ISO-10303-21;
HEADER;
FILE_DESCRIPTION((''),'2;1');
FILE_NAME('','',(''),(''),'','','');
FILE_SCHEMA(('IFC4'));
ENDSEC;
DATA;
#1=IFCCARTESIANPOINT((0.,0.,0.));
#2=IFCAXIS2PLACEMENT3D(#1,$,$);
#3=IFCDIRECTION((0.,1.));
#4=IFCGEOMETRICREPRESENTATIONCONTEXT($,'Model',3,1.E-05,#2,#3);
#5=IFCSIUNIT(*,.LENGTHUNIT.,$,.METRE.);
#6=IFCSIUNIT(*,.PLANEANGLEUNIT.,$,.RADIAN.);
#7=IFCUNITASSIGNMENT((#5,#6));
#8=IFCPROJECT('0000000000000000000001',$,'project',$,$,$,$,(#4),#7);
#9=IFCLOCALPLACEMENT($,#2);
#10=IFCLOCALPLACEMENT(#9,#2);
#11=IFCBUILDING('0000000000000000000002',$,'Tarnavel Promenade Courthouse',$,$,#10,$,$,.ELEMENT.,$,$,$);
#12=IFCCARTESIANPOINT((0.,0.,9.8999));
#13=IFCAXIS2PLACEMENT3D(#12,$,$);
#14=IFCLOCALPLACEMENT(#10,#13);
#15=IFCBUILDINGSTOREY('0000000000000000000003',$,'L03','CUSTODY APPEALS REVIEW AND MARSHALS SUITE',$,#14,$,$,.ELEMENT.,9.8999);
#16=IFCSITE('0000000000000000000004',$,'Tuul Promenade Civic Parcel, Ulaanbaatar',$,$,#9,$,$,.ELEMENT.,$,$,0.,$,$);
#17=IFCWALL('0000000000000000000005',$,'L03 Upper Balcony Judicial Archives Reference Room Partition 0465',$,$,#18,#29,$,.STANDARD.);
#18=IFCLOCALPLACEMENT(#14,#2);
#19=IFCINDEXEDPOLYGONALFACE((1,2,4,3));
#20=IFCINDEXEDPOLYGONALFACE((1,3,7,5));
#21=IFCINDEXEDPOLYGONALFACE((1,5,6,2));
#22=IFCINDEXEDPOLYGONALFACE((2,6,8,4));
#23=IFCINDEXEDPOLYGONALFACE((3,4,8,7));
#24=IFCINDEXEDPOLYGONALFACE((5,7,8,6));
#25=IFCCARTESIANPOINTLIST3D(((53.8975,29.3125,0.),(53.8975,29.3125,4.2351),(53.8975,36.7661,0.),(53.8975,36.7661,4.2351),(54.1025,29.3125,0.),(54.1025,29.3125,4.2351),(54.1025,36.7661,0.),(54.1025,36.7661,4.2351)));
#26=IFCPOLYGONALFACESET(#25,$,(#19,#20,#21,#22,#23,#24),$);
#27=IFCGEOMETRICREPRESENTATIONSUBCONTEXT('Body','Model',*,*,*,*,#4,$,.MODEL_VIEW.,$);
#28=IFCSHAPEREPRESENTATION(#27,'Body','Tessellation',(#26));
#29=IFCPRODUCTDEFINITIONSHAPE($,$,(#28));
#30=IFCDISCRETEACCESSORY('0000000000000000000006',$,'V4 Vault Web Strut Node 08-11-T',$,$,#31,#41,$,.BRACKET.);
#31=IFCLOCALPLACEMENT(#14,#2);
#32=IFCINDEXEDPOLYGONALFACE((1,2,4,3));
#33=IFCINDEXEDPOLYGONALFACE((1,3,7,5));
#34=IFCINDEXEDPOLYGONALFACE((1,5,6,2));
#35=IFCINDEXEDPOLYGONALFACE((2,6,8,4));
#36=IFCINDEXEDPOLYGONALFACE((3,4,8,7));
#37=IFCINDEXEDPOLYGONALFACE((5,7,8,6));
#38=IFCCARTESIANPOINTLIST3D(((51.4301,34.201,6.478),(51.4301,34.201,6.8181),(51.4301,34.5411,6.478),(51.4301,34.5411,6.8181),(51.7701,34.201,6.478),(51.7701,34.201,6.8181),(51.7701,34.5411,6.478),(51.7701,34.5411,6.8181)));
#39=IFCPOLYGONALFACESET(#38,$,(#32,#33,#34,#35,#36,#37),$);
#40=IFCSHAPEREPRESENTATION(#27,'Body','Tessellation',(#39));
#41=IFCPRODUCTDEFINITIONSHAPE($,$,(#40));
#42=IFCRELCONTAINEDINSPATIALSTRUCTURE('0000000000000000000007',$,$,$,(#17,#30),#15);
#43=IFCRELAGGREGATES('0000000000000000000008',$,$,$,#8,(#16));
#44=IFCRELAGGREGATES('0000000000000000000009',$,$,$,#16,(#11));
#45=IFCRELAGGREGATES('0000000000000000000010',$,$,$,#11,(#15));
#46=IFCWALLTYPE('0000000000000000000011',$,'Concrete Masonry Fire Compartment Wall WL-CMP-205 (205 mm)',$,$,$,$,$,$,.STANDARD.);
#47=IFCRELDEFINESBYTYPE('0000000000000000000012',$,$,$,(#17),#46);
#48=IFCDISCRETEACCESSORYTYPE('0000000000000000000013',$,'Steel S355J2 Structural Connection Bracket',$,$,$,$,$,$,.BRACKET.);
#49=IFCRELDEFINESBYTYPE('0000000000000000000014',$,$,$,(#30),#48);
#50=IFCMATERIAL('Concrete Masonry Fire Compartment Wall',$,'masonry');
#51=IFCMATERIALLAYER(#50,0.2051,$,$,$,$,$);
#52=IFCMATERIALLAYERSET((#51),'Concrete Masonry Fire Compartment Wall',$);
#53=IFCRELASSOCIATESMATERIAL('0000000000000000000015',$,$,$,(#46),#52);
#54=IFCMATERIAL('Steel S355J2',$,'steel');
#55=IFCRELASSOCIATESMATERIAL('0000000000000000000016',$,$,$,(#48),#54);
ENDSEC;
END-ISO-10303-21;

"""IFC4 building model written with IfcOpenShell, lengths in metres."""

from ifc_helpers import new_model, si_unit, direction, frame, frame_2d, origin, origin_2d, place, context, subcontext, project, spatial, rectangle, extrude, material, layer, layer_set, type_object, element, save


model = new_model("IFC4")

# Units and contexts
model_context = context("Model", 3, precision=1e-05, world=origin(), true_north=direction((0.0, 1.0)))
body_context = subcontext(model_context, "Body", "Model", "MODEL_VIEW")
ifc_project = project(units=[si_unit("LENGTHUNIT", "METRE"), si_unit("PLANEANGLEUNIT", "RADIAN")], contexts=[model_context])

# Site, building, storey
site_placement = place(None, origin())
site = spatial("IfcSite", under=ifc_project, at=site_placement, Name="Tuul Promenade Civic Parcel, Ulaanbaatar", CompositionType="ELEMENT", RefElevation=0.0)
building_placement = place(site_placement, origin())
building = spatial("IfcBuilding", under=site, at=building_placement, Name="Tarnavel Promenade Courthouse", CompositionType="ELEMENT")
storey_placement = place(building_placement, frame((0.0, 0.0, 9.8999)))
storey = spatial("IfcBuildingStorey", under=building, at=storey_placement, Name="L03", Description="CUSTODY APPEALS REVIEW AND MARSHALS SUITE", CompositionType="ELEMENT", Elevation=9.8999)

# Shared definitions
ifc_material_1 = material(Name="Steel S355J2", Category="steel")

# Wall
ifc_material_2 = material(Name="Concrete Masonry Fire Compartment Wall", Category="masonry")
ifc_layer_1 = layer(ifc_material_2, 0.2051)
ifc_layer_set_1 = layer_set([ifc_layer_1], Name="Concrete Masonry Fire Compartment Wall")
wall_type = type_object("IfcWallType", Name="Concrete Masonry Fire Compartment Wall WL-CMP-205 (205 mm)", PredefinedType="STANDARD", material=ifc_layer_set_1)
wall_placement = place(storey_placement, frame((54.0, 36.7661, 0.0), z_axis=(0.0, 0.0, 1.0), x_axis=(0.0, -1.0, 0.0)))
element("IfcWall", 1, at=wall_placement, inside=storey, type_object=wall_type, Name="L03 Upper Balcony Judicial Archives Reference Room Partition 0465", PredefinedType="STANDARD", context=body_context, shape_type="SweptSolid", body=[
    extrude(rectangle(XDim=7.4536, YDim=0.2051, at=frame_2d((3.7268, 0.0))), origin(), (0.0, 0.0, 1.0), 4.2351),
])

# Discrete accessory
discrete_accessory_type = type_object("IfcDiscreteAccessoryType", Name="Steel S355J2 Structural Connection Bracket", PredefinedType="BRACKET", material=ifc_material_1)
discrete_accessory_placement = place(storey_placement, frame((51.6001, 34.3711, 6.478), z_axis=(0.0, 0.0, 1.0), x_axis=(1.0, 0.0, 0.0)))
element("IfcDiscreteAccessory", 2, at=discrete_accessory_placement, inside=storey, type_object=discrete_accessory_type, Name="V4 Vault Web Strut Node 08-11-T", PredefinedType="BRACKET", context=body_context, shape_type="SweptSolid", body=[
    extrude(rectangle(XDim=0.3401, YDim=0.3401, at=origin_2d()), origin(), (0.0, 0.0, 1.0), 0.3401),
])

save(model, "model.ifc")
